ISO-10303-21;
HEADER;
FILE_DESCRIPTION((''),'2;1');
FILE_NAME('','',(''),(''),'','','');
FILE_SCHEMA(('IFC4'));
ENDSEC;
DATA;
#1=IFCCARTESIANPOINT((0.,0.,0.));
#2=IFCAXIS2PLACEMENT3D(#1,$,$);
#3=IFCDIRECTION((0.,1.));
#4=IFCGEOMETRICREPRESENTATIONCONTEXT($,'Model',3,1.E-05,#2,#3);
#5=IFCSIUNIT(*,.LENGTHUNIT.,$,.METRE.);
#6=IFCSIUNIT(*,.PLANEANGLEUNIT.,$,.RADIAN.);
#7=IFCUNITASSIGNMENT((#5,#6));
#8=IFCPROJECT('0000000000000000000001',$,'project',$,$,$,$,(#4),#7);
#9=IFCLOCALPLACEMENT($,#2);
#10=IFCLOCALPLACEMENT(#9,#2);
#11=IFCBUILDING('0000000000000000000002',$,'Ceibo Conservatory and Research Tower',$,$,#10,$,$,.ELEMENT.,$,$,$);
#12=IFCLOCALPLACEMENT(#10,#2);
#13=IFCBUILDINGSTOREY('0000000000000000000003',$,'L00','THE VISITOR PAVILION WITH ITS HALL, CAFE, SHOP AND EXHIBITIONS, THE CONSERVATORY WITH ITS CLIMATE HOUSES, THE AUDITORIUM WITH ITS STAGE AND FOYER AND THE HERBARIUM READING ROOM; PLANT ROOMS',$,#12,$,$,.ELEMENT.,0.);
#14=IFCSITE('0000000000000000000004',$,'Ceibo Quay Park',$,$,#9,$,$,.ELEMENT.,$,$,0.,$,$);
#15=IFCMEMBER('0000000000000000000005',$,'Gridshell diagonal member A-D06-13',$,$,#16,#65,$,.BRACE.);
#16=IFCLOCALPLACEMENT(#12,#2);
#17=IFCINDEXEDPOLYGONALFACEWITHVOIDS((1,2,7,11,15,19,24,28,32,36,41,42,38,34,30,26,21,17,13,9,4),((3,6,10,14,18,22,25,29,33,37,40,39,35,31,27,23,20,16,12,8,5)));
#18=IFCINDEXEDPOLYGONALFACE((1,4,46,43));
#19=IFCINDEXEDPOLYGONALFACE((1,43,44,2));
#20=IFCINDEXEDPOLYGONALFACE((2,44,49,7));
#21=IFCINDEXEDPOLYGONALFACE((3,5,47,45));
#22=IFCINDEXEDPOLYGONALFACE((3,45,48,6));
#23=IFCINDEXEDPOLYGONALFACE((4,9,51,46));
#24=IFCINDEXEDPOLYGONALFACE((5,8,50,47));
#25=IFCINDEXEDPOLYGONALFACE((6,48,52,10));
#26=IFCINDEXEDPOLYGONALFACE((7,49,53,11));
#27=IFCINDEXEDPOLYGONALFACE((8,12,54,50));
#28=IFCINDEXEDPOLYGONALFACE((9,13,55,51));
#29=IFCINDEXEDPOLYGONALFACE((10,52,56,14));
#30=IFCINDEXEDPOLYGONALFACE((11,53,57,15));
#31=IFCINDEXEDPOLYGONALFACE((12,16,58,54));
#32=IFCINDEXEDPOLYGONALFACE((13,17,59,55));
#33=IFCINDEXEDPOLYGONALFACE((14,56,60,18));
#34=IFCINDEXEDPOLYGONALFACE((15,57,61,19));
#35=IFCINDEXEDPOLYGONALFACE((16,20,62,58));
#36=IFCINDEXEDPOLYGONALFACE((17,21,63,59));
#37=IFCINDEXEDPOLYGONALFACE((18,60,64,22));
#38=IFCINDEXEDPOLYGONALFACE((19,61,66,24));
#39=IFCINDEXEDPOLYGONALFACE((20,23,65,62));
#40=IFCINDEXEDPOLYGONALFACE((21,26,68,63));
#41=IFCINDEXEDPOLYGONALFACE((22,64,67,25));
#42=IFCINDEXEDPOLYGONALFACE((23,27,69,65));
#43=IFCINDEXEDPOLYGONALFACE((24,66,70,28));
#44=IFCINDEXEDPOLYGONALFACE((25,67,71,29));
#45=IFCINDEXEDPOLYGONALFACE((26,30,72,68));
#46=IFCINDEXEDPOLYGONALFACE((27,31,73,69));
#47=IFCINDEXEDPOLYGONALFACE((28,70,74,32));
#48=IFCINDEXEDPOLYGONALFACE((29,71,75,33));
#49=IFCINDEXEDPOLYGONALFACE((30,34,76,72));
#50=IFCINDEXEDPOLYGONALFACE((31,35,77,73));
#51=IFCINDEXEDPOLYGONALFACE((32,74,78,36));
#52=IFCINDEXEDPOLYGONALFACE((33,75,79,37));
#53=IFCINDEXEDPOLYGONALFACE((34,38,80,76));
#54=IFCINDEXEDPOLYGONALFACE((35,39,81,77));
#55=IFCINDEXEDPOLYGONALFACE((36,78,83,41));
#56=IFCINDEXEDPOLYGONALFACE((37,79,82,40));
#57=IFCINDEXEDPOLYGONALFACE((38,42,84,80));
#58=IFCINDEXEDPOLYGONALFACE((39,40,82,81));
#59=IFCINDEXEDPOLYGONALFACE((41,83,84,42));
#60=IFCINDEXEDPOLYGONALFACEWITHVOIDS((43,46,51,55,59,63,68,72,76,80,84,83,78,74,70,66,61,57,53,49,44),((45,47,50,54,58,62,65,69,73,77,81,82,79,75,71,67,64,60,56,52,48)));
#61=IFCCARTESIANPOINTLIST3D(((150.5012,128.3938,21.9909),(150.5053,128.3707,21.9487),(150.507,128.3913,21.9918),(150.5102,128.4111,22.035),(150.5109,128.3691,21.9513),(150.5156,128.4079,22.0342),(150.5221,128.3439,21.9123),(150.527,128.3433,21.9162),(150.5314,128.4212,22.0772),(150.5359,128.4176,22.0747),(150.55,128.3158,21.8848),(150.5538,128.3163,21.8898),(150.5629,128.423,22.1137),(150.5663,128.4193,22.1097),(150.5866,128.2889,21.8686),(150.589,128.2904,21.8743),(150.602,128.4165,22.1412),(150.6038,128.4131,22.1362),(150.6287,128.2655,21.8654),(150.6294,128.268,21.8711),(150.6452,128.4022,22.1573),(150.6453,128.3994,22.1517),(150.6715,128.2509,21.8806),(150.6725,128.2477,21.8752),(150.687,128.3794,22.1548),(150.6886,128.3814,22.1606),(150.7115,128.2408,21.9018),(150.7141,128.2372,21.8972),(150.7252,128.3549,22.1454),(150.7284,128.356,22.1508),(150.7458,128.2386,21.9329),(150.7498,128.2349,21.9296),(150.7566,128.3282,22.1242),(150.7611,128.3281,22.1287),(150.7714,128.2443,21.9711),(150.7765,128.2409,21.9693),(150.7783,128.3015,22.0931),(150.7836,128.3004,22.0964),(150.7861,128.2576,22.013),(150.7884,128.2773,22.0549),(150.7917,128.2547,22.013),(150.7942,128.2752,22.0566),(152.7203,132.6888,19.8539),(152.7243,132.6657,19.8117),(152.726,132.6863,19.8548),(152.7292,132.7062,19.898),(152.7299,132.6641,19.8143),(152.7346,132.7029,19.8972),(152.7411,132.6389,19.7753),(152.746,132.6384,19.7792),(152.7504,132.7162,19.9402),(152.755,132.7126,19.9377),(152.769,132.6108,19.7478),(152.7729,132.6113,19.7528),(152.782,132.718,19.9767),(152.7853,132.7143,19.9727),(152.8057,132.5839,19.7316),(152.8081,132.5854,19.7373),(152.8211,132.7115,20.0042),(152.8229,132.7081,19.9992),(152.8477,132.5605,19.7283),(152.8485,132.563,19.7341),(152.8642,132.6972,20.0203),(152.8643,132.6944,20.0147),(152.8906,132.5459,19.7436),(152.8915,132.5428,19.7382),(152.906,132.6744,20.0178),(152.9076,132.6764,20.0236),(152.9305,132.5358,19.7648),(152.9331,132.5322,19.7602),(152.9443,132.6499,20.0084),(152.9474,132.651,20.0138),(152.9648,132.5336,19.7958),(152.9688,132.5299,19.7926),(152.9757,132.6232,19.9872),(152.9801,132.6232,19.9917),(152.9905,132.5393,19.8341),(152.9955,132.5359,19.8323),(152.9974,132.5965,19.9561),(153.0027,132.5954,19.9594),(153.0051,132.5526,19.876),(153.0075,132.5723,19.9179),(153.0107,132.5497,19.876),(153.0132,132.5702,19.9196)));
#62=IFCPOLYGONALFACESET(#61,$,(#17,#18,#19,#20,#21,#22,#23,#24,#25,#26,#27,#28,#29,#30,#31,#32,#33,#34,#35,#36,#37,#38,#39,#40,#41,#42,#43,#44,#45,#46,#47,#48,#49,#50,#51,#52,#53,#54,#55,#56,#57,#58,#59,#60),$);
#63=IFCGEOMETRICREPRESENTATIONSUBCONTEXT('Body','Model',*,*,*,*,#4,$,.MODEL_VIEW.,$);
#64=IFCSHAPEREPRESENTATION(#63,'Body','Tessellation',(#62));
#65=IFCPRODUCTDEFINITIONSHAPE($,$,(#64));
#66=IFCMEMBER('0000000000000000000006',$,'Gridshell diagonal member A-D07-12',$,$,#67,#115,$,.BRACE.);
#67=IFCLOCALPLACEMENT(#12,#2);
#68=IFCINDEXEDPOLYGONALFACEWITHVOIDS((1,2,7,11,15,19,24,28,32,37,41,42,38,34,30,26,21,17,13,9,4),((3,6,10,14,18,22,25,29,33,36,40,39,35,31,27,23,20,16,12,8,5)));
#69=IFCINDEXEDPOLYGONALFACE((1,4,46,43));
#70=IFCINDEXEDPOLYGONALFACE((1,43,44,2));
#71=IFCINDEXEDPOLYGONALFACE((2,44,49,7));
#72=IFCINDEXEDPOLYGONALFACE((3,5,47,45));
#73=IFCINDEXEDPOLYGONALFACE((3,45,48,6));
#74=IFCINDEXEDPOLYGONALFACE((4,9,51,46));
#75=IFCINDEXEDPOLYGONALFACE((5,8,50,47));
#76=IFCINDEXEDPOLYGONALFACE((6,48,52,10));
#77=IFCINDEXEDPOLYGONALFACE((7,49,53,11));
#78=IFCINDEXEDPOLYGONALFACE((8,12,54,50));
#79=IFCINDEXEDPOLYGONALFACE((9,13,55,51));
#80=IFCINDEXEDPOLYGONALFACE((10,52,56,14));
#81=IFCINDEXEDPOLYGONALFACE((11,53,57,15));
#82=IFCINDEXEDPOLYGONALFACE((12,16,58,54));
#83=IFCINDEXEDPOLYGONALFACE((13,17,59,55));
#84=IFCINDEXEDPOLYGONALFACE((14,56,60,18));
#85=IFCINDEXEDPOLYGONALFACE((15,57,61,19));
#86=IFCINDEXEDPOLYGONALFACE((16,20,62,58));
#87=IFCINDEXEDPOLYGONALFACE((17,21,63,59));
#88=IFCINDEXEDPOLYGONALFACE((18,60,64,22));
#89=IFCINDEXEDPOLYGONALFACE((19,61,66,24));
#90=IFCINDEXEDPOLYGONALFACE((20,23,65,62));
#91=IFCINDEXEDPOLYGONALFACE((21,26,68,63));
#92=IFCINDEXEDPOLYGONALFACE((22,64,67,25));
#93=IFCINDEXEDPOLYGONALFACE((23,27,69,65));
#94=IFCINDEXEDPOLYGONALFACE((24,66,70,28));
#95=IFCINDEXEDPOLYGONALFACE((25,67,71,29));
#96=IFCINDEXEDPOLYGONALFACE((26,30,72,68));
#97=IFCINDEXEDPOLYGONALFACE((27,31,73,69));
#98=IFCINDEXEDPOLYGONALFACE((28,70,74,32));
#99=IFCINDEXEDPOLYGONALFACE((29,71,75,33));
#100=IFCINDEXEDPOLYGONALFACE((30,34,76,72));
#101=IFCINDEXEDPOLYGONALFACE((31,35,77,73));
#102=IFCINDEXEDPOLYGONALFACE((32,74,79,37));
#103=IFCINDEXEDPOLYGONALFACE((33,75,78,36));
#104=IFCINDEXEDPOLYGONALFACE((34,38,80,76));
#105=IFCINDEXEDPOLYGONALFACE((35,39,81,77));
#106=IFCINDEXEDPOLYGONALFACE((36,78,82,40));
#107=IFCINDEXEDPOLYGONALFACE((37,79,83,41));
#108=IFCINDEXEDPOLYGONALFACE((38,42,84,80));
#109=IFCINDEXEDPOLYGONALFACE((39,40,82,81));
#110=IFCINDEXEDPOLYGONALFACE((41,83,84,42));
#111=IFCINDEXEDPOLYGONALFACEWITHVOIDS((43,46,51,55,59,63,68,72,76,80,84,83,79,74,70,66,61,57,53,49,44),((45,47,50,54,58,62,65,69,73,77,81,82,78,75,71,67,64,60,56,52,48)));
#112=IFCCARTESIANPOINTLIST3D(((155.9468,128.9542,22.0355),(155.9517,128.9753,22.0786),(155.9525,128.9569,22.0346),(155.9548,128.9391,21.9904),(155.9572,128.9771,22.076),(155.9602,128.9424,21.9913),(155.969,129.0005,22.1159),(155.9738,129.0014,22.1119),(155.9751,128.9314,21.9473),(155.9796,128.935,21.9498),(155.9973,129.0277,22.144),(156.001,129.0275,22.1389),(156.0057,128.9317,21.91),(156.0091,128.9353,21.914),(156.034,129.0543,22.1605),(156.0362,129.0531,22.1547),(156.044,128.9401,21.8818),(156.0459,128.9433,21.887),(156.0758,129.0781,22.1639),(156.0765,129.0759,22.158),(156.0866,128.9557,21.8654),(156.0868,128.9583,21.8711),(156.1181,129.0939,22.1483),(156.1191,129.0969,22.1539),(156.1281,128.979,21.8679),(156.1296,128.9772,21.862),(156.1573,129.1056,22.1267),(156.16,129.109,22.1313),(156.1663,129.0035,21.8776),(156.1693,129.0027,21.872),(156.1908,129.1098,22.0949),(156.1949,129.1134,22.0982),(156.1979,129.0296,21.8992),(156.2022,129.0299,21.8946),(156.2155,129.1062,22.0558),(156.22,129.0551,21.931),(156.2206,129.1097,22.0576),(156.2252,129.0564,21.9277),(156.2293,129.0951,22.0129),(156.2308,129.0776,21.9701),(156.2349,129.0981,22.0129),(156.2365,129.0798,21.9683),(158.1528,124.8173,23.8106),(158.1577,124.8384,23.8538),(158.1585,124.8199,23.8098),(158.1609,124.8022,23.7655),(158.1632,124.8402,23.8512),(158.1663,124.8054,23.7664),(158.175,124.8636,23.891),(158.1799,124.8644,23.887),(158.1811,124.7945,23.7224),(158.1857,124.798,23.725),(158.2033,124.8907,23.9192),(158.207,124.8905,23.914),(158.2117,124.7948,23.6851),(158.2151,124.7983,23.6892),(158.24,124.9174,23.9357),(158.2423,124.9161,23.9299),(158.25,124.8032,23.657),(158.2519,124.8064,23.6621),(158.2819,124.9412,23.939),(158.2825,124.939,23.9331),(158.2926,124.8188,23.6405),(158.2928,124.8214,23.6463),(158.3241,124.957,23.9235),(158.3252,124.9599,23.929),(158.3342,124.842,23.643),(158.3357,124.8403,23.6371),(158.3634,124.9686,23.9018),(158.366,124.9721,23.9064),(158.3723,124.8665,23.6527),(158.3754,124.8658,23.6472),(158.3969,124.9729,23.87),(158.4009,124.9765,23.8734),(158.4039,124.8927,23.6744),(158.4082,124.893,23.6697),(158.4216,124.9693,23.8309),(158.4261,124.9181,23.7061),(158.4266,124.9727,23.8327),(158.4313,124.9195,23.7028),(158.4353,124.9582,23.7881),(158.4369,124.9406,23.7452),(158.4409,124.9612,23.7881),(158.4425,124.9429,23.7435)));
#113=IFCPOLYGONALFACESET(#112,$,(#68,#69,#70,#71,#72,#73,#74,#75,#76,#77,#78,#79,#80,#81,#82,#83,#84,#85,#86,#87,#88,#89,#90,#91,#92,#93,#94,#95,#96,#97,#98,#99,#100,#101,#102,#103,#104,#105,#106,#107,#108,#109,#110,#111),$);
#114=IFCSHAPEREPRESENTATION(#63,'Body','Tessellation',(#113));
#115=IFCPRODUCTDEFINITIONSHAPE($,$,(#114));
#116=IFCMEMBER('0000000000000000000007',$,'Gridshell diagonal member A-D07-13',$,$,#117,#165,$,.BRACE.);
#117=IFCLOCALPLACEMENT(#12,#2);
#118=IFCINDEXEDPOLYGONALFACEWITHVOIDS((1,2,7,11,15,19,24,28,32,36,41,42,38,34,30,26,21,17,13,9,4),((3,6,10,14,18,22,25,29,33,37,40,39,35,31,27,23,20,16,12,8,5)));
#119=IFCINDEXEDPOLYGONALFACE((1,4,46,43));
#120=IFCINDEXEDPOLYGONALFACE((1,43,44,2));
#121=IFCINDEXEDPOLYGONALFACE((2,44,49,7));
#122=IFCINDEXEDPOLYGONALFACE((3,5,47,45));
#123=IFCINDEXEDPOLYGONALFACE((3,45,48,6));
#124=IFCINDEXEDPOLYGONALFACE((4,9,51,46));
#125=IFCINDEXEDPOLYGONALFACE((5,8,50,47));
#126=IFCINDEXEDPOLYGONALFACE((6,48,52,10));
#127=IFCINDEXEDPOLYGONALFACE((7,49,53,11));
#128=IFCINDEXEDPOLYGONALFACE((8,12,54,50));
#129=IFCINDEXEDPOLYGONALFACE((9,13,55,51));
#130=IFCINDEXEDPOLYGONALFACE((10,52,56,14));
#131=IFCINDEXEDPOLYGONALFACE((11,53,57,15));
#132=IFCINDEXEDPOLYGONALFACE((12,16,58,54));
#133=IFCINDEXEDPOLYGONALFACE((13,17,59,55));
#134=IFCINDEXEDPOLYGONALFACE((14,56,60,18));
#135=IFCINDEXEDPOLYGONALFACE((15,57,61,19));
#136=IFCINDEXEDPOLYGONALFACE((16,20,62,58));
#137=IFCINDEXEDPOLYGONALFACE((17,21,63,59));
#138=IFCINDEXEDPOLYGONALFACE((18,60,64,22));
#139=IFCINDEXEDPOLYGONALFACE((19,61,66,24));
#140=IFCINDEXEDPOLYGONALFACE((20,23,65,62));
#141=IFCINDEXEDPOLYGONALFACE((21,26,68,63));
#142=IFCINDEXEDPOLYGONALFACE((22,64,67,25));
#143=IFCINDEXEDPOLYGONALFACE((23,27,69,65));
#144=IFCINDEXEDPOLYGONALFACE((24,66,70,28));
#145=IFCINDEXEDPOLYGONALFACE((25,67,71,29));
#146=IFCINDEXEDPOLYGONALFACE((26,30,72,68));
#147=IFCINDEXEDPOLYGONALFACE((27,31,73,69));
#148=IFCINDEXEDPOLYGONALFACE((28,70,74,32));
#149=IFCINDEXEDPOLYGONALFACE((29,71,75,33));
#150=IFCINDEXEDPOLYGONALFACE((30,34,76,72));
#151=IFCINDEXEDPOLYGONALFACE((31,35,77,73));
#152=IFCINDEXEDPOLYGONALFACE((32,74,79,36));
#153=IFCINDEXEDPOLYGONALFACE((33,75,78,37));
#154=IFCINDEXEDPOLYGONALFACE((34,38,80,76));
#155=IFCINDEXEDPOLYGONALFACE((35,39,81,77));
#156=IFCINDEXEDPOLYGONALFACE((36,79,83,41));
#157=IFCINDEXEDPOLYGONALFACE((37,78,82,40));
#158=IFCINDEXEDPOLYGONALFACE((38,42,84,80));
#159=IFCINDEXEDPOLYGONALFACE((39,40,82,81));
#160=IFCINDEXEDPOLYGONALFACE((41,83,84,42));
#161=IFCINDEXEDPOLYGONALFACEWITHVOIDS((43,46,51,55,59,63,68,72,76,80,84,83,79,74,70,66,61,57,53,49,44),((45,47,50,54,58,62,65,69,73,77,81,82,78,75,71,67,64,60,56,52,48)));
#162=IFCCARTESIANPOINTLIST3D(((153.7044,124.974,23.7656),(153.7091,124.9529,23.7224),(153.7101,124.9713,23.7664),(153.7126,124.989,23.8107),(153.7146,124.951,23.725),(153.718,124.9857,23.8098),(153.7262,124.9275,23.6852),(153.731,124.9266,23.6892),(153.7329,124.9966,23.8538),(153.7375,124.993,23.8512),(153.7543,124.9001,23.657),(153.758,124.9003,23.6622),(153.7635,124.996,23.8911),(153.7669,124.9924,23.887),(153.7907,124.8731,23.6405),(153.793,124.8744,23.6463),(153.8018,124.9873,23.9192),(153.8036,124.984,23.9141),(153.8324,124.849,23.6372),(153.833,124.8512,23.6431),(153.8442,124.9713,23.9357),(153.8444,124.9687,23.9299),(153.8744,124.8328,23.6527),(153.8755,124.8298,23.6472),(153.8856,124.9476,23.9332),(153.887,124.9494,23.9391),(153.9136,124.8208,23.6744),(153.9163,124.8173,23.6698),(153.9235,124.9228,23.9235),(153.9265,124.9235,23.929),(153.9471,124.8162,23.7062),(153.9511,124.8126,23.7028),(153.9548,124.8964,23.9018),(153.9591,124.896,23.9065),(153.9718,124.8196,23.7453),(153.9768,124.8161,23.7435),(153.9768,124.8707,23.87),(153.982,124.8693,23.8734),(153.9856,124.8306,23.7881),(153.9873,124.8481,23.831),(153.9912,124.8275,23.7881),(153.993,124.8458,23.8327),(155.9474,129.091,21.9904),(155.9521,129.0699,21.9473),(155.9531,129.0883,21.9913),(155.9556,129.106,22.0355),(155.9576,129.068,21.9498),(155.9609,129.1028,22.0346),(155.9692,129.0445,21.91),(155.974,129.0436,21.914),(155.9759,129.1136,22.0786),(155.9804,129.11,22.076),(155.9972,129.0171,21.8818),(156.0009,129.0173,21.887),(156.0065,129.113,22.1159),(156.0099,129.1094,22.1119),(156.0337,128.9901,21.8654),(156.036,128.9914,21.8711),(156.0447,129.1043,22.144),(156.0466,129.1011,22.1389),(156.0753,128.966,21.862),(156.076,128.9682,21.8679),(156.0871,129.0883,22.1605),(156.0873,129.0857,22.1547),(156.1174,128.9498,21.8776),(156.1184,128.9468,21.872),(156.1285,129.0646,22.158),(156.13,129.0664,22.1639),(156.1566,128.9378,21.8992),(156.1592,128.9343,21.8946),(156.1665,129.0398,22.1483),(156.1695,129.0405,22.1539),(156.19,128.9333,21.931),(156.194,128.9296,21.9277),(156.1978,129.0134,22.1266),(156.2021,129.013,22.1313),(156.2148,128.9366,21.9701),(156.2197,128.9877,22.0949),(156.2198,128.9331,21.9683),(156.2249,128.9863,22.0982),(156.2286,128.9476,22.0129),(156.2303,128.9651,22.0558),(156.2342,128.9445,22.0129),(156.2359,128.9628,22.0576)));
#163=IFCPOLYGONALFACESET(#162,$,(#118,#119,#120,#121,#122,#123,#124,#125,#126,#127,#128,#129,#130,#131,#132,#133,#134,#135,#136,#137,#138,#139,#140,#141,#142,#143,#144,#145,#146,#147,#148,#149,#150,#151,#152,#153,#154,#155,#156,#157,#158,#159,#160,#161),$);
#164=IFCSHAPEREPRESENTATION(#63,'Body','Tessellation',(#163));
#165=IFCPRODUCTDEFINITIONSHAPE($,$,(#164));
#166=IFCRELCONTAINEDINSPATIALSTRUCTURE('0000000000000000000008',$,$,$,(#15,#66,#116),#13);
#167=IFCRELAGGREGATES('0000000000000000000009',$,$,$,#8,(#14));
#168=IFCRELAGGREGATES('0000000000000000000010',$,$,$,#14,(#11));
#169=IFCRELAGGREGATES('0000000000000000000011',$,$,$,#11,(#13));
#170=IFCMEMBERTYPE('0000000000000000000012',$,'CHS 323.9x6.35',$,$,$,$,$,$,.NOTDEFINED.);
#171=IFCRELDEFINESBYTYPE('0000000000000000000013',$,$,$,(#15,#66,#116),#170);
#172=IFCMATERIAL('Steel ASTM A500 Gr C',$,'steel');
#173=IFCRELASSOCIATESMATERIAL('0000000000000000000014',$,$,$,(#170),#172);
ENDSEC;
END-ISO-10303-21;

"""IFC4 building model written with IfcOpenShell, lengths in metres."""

from ifc_helpers import new_model, si_unit, direction, frame, origin, origin_2d, place, context, subcontext, project, spatial, hollow_circle, extrude, material, material_profile, profile_set, type_object, element, save


model = new_model("IFC4")

# Units and contexts
model_context = context("Model", 3, precision=1e-05, world=origin(), true_north=direction((0.0, 1.0)))
body_context = subcontext(model_context, "Body", "Model", "MODEL_VIEW")
ifc_project = project(units=[si_unit("LENGTHUNIT", "METRE"), si_unit("PLANEANGLEUNIT", "RADIAN")], contexts=[model_context])

# Site, building, storey
site_placement = place(None, origin())
site = spatial("IfcSite", under=ifc_project, at=site_placement, Name="Ceibo Quay Park", CompositionType="ELEMENT", RefElevation=0.0)
building_placement = place(site_placement, origin())
building = spatial("IfcBuilding", under=site, at=building_placement, Name="Ceibo Conservatory and Research Tower", CompositionType="ELEMENT")
storey_placement = place(building_placement, origin())
storey = spatial("IfcBuildingStorey", under=building, at=storey_placement, Name="L00", Description="THE VISITOR PAVILION WITH ITS HALL, CAFE, SHOP AND EXHIBITIONS, THE CONSERVATORY WITH ITS CLIMATE HOUSES, THE AUDITORIUM WITH ITS STAGE AND FOYER AND THE HERBARIUM READING ROOM; PLANT ROOMS", CompositionType="ELEMENT", Elevation=0.0)

# Members
ifc_material_1 = material(Name="Steel ASTM A500 Gr C", Category="steel")
ifc_material_profile_1 = material_profile(ifc_material_1, hollow_circle(Radius=0.1619, WallThickness=0.0063, at=origin_2d()), Name="CHS 323.9x6.35")
ifc_profile_set_1 = profile_set([ifc_material_profile_1], Name="Steel ASTM A500 Gr C")
member_type_1 = type_object("IfcMemberType", Name="CHS 323.9x6.35", PredefinedType="NOTDEFINED", material=ifc_profile_set_1)
member_1_placement = place(storey_placement, frame((152.8669, 132.624, 19.876), z_axis=(-0.419824, -0.81258, 0.404304), x_axis=(0.88843, -0.459012, 0.0)))
element("IfcMember", 1, at=member_1_placement, inside=storey, type_object=member_type_1, Name="Gridshell diagonal member A-D06-13", PredefinedType="BRACE", context=body_context, shape_type="SweptSolid", body=[
    extrude(hollow_circle(Radius=0.1619, WallThickness=0.0063, at=origin_2d()), origin(), (0.0, 0.0, 1.0), 5.2856),
])
for number, where, z_axis, x_axis, name in (
    (2, (156.092, 129.022, 22.0129), (0.440048, -0.825212, 0.354094), (0.882382, 0.470534, 0.0), "Gridshell diagonal member A-D07-12"),
    (3, (156.092, 129.022, 22.0129), (-0.447413, -0.821239, 0.354102), (0.878136, -0.478411, 0.0), "Gridshell diagonal member A-D07-13"),
):
    element("IfcMember", number, at=place(storey_placement, frame(where, z_axis=z_axis, x_axis=x_axis)), inside=storey, type_object=member_type_1, Name=name, PredefinedType="BRACE", context=body_context, shape_type="SweptSolid", body=[
        extrude(hollow_circle(Radius=0.1619, WallThickness=0.0063, at=origin_2d()), origin(), (0.0, 0.0, 1.0), 5.0132),
    ])

save(model, "model.ifc")
